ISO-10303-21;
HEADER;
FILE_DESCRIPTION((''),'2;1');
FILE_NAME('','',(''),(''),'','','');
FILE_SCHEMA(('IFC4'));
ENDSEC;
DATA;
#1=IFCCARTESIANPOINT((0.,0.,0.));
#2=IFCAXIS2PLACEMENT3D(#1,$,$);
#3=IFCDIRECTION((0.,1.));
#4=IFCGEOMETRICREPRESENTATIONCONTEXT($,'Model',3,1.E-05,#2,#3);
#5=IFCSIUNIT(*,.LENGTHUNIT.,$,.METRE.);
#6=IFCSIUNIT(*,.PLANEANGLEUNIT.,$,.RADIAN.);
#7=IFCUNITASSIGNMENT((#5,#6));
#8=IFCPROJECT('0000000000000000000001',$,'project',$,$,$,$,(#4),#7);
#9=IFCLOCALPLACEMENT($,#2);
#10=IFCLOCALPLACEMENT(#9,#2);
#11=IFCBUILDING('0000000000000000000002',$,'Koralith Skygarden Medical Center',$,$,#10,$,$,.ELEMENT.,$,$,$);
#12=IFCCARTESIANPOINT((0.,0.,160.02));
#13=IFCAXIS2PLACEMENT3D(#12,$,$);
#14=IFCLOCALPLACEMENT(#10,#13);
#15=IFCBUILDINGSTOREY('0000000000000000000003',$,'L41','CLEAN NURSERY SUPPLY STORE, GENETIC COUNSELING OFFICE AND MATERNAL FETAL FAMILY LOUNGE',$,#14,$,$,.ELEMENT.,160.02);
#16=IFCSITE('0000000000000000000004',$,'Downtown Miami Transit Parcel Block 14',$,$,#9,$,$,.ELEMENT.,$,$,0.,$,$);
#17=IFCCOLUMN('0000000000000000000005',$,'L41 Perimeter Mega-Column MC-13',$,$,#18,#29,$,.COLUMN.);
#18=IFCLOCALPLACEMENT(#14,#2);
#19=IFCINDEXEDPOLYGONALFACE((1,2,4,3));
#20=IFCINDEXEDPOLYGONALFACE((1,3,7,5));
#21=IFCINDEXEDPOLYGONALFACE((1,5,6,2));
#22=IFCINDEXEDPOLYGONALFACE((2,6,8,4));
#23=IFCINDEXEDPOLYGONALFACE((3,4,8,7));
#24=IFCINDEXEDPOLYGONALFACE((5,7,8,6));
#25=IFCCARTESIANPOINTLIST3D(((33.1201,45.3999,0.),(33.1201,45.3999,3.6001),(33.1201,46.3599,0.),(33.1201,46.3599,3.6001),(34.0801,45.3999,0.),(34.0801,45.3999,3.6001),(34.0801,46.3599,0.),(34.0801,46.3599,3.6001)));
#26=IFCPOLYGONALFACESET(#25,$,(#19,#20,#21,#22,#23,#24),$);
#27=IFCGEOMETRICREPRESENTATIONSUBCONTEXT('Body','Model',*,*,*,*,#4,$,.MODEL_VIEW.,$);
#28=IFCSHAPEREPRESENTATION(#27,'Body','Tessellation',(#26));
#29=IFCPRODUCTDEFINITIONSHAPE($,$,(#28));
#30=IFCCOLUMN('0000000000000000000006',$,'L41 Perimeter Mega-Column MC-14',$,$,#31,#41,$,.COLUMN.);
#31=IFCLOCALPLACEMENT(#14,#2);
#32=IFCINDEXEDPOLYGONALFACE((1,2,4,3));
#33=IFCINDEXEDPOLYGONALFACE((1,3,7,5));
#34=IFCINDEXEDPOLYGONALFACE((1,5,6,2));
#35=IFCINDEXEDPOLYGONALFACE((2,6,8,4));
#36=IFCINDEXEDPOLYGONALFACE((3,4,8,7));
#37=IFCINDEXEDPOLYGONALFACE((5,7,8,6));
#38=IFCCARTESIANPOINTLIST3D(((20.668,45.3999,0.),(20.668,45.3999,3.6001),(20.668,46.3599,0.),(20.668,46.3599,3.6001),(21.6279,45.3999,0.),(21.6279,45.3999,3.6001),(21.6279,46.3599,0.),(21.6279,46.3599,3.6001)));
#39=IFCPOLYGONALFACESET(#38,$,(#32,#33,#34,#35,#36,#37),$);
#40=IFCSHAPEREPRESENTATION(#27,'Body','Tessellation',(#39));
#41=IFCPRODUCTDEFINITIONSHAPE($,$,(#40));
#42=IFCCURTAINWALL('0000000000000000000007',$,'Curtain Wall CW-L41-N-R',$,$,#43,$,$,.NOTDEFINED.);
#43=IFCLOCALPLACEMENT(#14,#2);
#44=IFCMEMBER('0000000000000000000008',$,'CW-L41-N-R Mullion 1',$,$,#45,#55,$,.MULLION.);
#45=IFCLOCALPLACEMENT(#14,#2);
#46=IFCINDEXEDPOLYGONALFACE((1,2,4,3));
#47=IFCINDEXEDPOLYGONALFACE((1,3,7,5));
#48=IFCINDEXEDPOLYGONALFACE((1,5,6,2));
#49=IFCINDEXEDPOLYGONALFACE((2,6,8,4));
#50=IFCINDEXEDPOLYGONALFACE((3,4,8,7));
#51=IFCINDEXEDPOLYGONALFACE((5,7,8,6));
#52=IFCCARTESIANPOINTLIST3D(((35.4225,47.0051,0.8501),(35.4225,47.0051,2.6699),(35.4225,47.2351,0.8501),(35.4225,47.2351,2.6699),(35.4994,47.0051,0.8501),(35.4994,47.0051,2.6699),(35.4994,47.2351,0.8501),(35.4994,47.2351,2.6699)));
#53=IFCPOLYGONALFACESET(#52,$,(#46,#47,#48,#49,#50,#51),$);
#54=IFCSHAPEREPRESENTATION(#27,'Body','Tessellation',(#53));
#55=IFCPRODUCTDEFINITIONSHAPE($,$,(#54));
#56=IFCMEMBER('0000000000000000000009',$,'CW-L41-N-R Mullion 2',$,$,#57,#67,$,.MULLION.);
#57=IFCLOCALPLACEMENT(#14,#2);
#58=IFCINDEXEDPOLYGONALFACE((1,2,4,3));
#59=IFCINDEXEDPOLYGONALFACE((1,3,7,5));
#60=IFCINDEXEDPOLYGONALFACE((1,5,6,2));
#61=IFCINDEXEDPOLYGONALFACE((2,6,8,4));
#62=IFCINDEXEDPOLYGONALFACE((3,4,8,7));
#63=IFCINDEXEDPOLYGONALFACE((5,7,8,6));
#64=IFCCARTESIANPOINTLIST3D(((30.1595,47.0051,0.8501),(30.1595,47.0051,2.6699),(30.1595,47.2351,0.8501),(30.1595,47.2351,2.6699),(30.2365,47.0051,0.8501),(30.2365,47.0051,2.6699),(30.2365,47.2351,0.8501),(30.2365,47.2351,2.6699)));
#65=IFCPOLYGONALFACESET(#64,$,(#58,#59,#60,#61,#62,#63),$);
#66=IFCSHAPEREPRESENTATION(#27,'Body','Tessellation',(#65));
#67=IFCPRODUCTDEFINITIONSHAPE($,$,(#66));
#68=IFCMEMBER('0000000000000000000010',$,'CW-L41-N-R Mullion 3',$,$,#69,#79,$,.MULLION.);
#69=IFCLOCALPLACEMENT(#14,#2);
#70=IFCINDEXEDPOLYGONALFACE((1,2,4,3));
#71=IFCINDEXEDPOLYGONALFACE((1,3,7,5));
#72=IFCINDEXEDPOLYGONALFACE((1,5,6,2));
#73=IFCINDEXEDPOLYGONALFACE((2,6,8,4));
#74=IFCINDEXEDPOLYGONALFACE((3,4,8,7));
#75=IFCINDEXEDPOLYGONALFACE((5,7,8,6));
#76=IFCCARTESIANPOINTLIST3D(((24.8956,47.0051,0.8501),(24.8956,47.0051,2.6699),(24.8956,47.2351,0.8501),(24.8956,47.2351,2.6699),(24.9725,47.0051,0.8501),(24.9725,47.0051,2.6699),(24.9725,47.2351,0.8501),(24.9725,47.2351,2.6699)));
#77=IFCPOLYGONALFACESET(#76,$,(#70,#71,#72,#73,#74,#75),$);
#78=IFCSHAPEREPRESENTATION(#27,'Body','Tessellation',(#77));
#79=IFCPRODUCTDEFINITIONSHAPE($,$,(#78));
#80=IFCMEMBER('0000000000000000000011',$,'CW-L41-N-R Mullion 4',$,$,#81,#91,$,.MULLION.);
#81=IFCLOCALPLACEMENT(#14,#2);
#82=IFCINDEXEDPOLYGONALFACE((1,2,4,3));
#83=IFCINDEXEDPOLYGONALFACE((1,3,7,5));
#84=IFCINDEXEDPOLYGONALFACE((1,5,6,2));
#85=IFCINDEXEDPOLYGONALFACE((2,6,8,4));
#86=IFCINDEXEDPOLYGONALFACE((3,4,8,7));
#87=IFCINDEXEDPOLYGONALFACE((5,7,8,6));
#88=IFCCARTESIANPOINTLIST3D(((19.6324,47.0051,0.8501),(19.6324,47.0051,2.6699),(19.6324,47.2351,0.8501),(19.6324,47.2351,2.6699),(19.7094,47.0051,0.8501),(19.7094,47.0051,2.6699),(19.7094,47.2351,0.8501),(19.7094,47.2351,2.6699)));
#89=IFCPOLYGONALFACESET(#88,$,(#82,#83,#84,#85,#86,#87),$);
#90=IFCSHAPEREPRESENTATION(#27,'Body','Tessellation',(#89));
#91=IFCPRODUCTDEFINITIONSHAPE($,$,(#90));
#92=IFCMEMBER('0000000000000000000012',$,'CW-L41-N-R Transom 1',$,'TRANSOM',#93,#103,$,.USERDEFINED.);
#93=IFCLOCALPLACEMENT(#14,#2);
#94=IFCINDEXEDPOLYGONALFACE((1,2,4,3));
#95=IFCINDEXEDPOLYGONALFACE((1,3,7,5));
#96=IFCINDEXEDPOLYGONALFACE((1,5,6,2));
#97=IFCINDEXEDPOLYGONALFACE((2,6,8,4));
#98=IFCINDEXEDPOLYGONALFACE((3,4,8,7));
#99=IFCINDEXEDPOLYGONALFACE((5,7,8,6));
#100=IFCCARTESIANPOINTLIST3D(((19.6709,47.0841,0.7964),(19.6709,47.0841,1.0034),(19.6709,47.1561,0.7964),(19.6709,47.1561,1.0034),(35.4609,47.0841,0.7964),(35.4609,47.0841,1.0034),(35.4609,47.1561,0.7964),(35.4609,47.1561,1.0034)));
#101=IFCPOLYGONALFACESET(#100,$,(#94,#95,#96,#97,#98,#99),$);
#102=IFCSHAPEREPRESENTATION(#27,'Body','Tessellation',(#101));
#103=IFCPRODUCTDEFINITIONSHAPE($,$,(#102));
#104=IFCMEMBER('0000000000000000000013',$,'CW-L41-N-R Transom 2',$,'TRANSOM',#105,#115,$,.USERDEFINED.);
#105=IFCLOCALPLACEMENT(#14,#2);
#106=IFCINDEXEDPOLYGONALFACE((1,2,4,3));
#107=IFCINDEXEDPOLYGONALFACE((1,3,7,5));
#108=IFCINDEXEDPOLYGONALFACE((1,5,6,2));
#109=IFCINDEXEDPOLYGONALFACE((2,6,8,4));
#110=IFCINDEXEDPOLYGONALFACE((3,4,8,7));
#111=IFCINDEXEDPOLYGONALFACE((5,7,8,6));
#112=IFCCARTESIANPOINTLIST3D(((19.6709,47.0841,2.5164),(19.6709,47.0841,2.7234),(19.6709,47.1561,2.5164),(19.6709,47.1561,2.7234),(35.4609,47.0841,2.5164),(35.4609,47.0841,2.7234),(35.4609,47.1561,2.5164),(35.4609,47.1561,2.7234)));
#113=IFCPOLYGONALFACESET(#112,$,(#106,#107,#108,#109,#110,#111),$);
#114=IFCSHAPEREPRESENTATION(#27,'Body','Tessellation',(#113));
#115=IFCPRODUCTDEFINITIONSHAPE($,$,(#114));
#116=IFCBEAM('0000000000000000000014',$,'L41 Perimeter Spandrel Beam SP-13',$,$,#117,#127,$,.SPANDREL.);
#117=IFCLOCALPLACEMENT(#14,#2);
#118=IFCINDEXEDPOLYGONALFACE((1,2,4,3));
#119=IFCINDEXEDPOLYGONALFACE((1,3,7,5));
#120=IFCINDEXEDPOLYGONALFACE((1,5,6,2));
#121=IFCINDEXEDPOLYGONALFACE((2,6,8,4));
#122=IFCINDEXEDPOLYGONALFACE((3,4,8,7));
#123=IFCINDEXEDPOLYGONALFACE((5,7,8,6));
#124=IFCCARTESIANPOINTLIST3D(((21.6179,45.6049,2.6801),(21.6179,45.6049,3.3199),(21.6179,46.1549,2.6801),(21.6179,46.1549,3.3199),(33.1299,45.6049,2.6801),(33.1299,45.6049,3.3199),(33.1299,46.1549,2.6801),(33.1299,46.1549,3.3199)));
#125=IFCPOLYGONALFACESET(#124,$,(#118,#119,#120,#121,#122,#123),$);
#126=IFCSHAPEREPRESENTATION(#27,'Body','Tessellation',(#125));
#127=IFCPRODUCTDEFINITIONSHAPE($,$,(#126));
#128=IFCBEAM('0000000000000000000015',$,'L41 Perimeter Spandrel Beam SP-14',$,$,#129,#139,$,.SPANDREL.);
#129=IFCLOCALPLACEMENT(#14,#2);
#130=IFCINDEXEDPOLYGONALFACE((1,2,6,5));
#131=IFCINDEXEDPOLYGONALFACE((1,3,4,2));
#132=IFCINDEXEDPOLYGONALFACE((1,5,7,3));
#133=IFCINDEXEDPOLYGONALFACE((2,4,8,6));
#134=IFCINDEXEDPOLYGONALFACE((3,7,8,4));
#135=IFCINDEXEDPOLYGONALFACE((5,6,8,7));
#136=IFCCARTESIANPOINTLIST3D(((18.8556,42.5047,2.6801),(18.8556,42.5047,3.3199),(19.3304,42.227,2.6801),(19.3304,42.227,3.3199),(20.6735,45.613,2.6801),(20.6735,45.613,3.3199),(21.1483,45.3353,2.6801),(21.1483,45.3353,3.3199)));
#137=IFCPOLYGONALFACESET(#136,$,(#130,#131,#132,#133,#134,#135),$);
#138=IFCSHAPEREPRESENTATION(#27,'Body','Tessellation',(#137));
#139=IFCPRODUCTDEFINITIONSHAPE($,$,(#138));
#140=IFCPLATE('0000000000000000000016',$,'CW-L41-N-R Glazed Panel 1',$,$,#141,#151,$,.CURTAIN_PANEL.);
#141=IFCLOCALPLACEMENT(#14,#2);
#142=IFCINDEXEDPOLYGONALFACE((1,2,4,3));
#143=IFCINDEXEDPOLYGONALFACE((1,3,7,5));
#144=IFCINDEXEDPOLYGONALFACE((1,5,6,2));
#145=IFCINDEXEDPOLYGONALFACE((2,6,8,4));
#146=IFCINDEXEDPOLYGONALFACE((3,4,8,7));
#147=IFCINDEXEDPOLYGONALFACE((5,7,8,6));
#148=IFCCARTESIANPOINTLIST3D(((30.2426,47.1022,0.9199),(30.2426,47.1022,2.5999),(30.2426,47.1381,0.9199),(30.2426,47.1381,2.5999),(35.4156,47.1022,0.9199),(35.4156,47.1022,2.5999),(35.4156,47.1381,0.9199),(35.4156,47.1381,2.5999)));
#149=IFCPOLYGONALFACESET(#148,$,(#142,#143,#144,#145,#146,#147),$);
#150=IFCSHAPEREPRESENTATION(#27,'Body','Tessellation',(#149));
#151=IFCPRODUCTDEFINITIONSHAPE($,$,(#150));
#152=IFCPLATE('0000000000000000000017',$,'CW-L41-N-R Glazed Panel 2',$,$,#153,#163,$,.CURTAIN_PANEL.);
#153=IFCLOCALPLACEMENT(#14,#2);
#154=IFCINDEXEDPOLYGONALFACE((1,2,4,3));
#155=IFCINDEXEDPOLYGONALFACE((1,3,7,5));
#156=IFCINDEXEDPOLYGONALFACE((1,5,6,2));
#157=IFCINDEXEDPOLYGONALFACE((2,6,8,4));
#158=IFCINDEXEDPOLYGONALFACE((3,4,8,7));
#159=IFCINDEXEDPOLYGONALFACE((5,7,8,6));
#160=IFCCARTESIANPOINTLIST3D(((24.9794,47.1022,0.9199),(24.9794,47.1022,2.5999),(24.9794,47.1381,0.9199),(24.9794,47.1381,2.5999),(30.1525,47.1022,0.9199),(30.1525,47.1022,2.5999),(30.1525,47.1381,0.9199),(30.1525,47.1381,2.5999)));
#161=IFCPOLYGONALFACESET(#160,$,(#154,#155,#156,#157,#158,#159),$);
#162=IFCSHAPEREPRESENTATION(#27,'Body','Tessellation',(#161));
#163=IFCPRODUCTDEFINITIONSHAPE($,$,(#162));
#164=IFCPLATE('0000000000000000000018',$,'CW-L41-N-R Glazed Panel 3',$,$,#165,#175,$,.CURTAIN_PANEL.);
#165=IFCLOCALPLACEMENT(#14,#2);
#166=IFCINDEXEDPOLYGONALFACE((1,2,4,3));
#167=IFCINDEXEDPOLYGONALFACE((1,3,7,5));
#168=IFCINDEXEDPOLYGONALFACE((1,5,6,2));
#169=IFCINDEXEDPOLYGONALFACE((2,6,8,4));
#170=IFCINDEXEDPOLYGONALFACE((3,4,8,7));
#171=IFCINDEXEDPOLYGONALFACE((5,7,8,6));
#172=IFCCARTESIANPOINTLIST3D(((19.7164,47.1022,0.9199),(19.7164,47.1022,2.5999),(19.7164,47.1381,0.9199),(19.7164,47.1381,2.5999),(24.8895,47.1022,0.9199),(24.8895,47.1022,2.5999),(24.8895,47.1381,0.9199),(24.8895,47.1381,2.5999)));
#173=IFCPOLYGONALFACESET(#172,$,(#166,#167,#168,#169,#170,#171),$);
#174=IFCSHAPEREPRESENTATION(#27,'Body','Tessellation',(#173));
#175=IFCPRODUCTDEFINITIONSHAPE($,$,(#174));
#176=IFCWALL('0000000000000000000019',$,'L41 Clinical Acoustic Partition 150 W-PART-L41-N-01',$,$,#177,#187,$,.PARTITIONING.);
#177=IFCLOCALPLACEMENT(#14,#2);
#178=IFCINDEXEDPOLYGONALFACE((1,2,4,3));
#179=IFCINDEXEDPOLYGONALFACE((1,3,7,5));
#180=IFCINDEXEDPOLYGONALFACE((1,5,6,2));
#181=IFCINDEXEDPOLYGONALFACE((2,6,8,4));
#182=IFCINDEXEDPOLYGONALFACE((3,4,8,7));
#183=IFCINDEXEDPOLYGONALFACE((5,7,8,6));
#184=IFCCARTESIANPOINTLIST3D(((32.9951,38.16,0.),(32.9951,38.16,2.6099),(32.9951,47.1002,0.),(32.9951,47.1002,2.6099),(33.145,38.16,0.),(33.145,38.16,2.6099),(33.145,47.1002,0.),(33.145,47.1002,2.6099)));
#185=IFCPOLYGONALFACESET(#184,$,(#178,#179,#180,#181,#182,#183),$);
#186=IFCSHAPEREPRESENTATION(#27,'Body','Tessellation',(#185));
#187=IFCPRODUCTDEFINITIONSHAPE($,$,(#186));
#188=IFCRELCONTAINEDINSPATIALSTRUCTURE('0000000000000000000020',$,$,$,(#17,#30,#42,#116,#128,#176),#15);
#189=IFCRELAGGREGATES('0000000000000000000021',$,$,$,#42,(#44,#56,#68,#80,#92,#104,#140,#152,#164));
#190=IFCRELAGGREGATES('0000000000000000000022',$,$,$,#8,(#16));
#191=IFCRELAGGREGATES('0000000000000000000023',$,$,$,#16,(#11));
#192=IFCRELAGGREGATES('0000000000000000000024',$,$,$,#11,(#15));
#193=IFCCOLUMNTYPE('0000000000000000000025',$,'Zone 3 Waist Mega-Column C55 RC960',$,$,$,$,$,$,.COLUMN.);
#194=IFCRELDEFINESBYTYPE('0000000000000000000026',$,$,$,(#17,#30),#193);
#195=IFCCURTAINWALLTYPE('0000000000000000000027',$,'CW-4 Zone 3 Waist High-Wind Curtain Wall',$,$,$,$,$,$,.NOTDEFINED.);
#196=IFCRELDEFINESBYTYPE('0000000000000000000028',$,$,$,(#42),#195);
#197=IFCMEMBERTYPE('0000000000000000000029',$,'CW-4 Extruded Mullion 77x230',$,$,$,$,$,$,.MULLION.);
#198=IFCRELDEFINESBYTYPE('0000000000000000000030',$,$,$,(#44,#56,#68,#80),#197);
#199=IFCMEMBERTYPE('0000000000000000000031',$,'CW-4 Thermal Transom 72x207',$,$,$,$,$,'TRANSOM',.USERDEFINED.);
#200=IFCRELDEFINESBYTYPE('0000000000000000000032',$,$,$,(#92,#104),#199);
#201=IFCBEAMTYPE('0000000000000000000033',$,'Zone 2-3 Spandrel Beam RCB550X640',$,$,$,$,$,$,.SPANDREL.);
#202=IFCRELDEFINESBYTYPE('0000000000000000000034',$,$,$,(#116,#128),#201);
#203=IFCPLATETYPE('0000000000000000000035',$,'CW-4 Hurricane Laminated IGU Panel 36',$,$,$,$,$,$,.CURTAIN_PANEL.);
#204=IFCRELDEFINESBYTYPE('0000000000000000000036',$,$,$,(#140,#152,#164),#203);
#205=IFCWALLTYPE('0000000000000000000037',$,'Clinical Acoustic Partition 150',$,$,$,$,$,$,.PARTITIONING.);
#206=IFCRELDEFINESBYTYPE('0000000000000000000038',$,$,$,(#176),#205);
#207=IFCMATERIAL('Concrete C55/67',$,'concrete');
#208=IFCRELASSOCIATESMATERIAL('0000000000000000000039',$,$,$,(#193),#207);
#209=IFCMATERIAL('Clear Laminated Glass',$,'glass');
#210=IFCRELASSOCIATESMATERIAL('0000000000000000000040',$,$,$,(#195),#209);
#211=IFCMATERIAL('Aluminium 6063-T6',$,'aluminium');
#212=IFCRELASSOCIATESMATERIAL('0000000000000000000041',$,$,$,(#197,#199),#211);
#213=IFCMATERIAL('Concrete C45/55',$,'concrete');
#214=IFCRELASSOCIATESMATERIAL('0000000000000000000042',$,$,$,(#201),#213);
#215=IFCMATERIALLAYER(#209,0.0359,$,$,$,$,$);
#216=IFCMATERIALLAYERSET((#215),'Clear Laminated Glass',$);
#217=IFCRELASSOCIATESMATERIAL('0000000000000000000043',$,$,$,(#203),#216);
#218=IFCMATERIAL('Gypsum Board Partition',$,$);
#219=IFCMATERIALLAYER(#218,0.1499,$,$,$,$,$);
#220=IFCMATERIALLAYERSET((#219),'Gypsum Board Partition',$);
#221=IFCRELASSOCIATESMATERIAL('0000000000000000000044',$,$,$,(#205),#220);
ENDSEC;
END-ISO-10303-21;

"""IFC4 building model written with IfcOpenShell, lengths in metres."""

from ifc_helpers import new_model, si_unit, direction, frame, frame_2d, origin, origin_2d, place, context, subcontext, project, spatial, rectangle, extrude, material, layer, layer_set, material_profile, profile_set, type_object, element, aggregate, save


model = new_model("IFC4")

# Units and contexts
model_context = context("Model", 3, precision=1e-05, world=origin(), true_north=direction((0.0, 1.0)))
body_context = subcontext(model_context, "Body", "Model", "MODEL_VIEW")
ifc_project = project(units=[si_unit("LENGTHUNIT", "METRE"), si_unit("PLANEANGLEUNIT", "RADIAN")], contexts=[model_context])

# Site, building, storey
site_placement = place(None, origin())
site = spatial("IfcSite", under=ifc_project, at=site_placement, Name="Downtown Miami Transit Parcel Block 14", CompositionType="ELEMENT", RefElevation=0.0)
building_placement = place(site_placement, origin())
building = spatial("IfcBuilding", under=site, at=building_placement, Name="Koralith Skygarden Medical Center", CompositionType="ELEMENT")
storey_placement = place(building_placement, frame((0.0, 0.0, 160.02)))
storey = spatial("IfcBuildingStorey", under=building, at=storey_placement, Name="L41", Description="CLEAN NURSERY SUPPLY STORE, GENETIC COUNSELING OFFICE AND MATERNAL FETAL FAMILY LOUNGE", CompositionType="ELEMENT", Elevation=160.02)

# Columns
ifc_material_1 = material(Name="Concrete C55/67", Category="concrete")
ifc_material_profile_1 = material_profile(ifc_material_1, rectangle(XDim=0.96, YDim=0.96, at=origin_2d()), Name="RC960X960")
ifc_profile_set_1 = profile_set([ifc_material_profile_1], Name="Concrete C55/67")
column_type = type_object("IfcColumnType", Name="Zone 3 Waist Mega-Column C55 RC960", PredefinedType="COLUMN", material=ifc_profile_set_1)
for number, where, z_axis, x_axis, name in (
    (1, (33.6001, 45.8799, 0.0), (0.0, 0.0, 1.0), (1.0, 0.0, 0.0), "L41 Perimeter Mega-Column MC-13"),
    (2, (21.1479, 45.8799, 0.0), (0.0, 0.0, 1.0), (1.0, 0.0, 0.0), "L41 Perimeter Mega-Column MC-14"),
):
    element("IfcColumn", number, at=place(storey_placement, frame(where, z_axis=z_axis, x_axis=x_axis)), inside=storey, type_object=column_type, Name=name, PredefinedType="COLUMN", context=body_context, shape_type="SweptSolid", body=[
        extrude(rectangle(XDim=0.96, YDim=0.96, at=origin_2d()), origin(), (0.0, 0.0, 1.0), 3.6001),
    ])

# Curtain wall, members
ifc_material_2 = material(Name="Clear Laminated Glass", Category="glass")
curtain_wall_type = type_object("IfcCurtainWallType", Name="CW-4 Zone 3 Waist High-Wind Curtain Wall", PredefinedType="NOTDEFINED", material=ifc_material_2)
curtain_wall_placement = place(storey_placement, origin())
curtain_wall = element("IfcCurtainWall", 3, at=curtain_wall_placement, inside=storey, type_object=curtain_wall_type, Name="Curtain Wall CW-L41-N-R", PredefinedType="NOTDEFINED")
ifc_material_3 = material(Name="Aluminium 6063-T6", Category="aluminium")
ifc_material_profile_2 = material_profile(ifc_material_3, rectangle(XDim=0.0769, YDim=0.23, at=origin_2d()), Name="MUL77X230")
ifc_profile_set_2 = profile_set([ifc_material_profile_2], Name="Aluminium 6063-T6")
member_type_1 = type_object("IfcMemberType", Name="CW-4 Extruded Mullion 77x230", PredefinedType="MULLION", material=ifc_profile_set_2)
member_1_placement = place(storey_placement, frame((35.4609, 47.1201, 0.8501), z_axis=(0.0, 0.0, 1.0), x_axis=(1.0, 0.0, 0.0)))
member_1 = element("IfcMember", 4, at=member_1_placement, type_object=member_type_1, Name="CW-L41-N-R Mullion 1", PredefinedType="MULLION", context=body_context, shape_type="SweptSolid", body=[
    extrude(rectangle(XDim=0.0769, YDim=0.23, at=origin_2d()), origin(), (0.0, 0.0, 1.0), 1.8198),
])
member_2_placement = place(storey_placement, frame((30.198, 47.1201, 0.8501), z_axis=(0.0, 0.0, 1.0), x_axis=(1.0, 0.0, 0.0)))
member_2 = element("IfcMember", 5, at=member_2_placement, type_object=member_type_1, Name="CW-L41-N-R Mullion 2", PredefinedType="MULLION", context=body_context, shape_type="SweptSolid", body=[
    extrude(rectangle(XDim=0.0769, YDim=0.23, at=origin_2d()), origin(), (0.0, 0.0, 1.0), 1.8198),
])
member_3_placement = place(storey_placement, frame((24.9341, 47.1201, 0.8501), z_axis=(0.0, 0.0, 1.0), x_axis=(1.0, 0.0, 0.0)))
member_3 = element("IfcMember", 6, at=member_3_placement, type_object=member_type_1, Name="CW-L41-N-R Mullion 3", PredefinedType="MULLION", context=body_context, shape_type="SweptSolid", body=[
    extrude(rectangle(XDim=0.0769, YDim=0.23, at=origin_2d()), origin(), (0.0, 0.0, 1.0), 1.8198),
])
member_4_placement = place(storey_placement, frame((19.6709, 47.1201, 0.8501), z_axis=(0.0, 0.0, 1.0), x_axis=(1.0, 0.0, 0.0)))
member_4 = element("IfcMember", 7, at=member_4_placement, type_object=member_type_1, Name="CW-L41-N-R Mullion 4", PredefinedType="MULLION", context=body_context, shape_type="SweptSolid", body=[
    extrude(rectangle(XDim=0.0769, YDim=0.23, at=origin_2d()), origin(), (0.0, 0.0, 1.0), 1.8198),
])
ifc_material_profile_3 = material_profile(ifc_material_3, rectangle(XDim=0.072, YDim=0.207, at=origin_2d()), Name="TRN72X207")
ifc_profile_set_3 = profile_set([ifc_material_profile_3], Name="Aluminium 6063-T6")
member_type_2 = type_object("IfcMemberType", Name="CW-4 Thermal Transom 72x207", ElementType="TRANSOM", PredefinedType="USERDEFINED", material=ifc_profile_set_3)
member_5_placement = place(storey_placement, frame((35.4609, 47.1201, 0.8999), z_axis=(-1.0, 0.0, 0.0), x_axis=(0.0, -1.0, 0.0)))
member_5 = element("IfcMember", 8, at=member_5_placement, type_object=member_type_2, Name="CW-L41-N-R Transom 1", ObjectType="TRANSOM", PredefinedType="USERDEFINED", context=body_context, shape_type="SweptSolid", body=[
    extrude(rectangle(XDim=0.072, YDim=0.207, at=origin_2d()), origin(), (0.0, 0.0, 1.0), 15.79),
])
member_6_placement = place(storey_placement, frame((35.4609, 47.1201, 2.6199), z_axis=(-1.0, 0.0, 0.0), x_axis=(0.0, -1.0, 0.0)))
member_6 = element("IfcMember", 9, at=member_6_placement, type_object=member_type_2, Name="CW-L41-N-R Transom 2", ObjectType="TRANSOM", PredefinedType="USERDEFINED", context=body_context, shape_type="SweptSolid", body=[
    extrude(rectangle(XDim=0.072, YDim=0.207, at=origin_2d()), origin(), (0.0, 0.0, 1.0), 15.79),
])

# Beams
ifc_material_4 = material(Name="Concrete C45/55", Category="concrete")
ifc_material_profile_4 = material_profile(ifc_material_4, rectangle(XDim=0.55, YDim=0.6399, at=origin_2d()), Name="RCB550X640")
ifc_profile_set_4 = profile_set([ifc_material_profile_4], Name="Concrete C45/55")
beam_type = type_object("IfcBeamType", Name="Zone 2-3 Spandrel Beam RCB550X640", PredefinedType="SPANDREL", material=ifc_profile_set_4)
beam_1_placement = place(storey_placement, frame((33.1299, 45.8799, 3.0), z_axis=(-1.0, 0.0, 0.0), x_axis=(0.0, -1.0, 0.0)))
element("IfcBeam", 10, at=beam_1_placement, inside=storey, type_object=beam_type, Name="L41 Perimeter Spandrel Beam SP-13", PredefinedType="SPANDREL", context=body_context, shape_type="SweptSolid", body=[
    extrude(rectangle(XDim=0.55, YDim=0.6399, at=origin_2d()), origin(), (0.0, 0.0, 1.0), 11.512),
])
beam_2_placement = place(storey_placement, frame((20.9109, 45.4741, 3.0), z_axis=(-0.504861, -0.8632, 0.0), x_axis=(0.8632, -0.504861, 0.0)))
element("IfcBeam", 11, at=beam_2_placement, inside=storey, type_object=beam_type, Name="L41 Perimeter Spandrel Beam SP-14", PredefinedType="SPANDREL", context=body_context, shape_type="SweptSolid", body=[
    extrude(rectangle(XDim=0.55, YDim=0.6399, at=origin_2d()), origin(), (0.0, 0.0, 1.0), 3.6008),
])

# Plates
ifc_layer_1 = layer(ifc_material_2, 0.0359)
ifc_layer_set_1 = layer_set([ifc_layer_1], Name="Clear Laminated Glass")
plate_type = type_object("IfcPlateType", Name="CW-4 Hurricane Laminated IGU Panel 36", PredefinedType="CURTAIN_PANEL", material=ifc_layer_set_1)
plate_1_placement = place(storey_placement, frame((32.8291, 47.1201, 0.9199), z_axis=(0.0, 0.0, 1.0), x_axis=(-1.0, 0.0, 0.0)))
plate_1 = element("IfcPlate", 12, at=plate_1_placement, type_object=plate_type, Name="CW-L41-N-R Glazed Panel 1", PredefinedType="CURTAIN_PANEL", context=body_context, shape_type="SweptSolid", body=[
    extrude(rectangle(XDim=5.1731, YDim=0.0359, at=origin_2d()), origin(), (0.0, 0.0, 1.0), 1.6799),
])
plate_2_placement = place(storey_placement, frame((27.5659, 47.1201, 0.9199), z_axis=(0.0, 0.0, 1.0), x_axis=(-1.0, 0.0, 0.0)))
plate_2 = element("IfcPlate", 13, at=plate_2_placement, type_object=plate_type, Name="CW-L41-N-R Glazed Panel 2", PredefinedType="CURTAIN_PANEL", context=body_context, shape_type="SweptSolid", body=[
    extrude(rectangle(XDim=5.1731, YDim=0.0359, at=origin_2d()), origin(), (0.0, 0.0, 1.0), 1.6799),
])
plate_3_placement = place(storey_placement, frame((22.303, 47.1201, 0.9199), z_axis=(0.0, 0.0, 1.0), x_axis=(-1.0, 0.0, 0.0)))
plate_3 = element("IfcPlate", 14, at=plate_3_placement, type_object=plate_type, Name="CW-L41-N-R Glazed Panel 3", PredefinedType="CURTAIN_PANEL", context=body_context, shape_type="SweptSolid", body=[
    extrude(rectangle(XDim=5.1731, YDim=0.0359, at=origin_2d()), origin(), (0.0, 0.0, 1.0), 1.6799),
])
aggregate(curtain_wall, [member_1, member_2, member_3, member_4, member_5, member_6, plate_1, plate_2, plate_3])

# Wall
ifc_material_5 = material(Name="Gypsum Board Partition")
ifc_layer_2 = layer(ifc_material_5, 0.1499)
ifc_layer_set_2 = layer_set([ifc_layer_2], Name="Gypsum Board Partition")
wall_type_1 = type_object("IfcWallType", Name="Clinical Acoustic Partition 150", PredefinedType="PARTITIONING", material=ifc_layer_set_2)
wall_1_placement = place(storey_placement, frame((33.0701, 38.1599, 0.0), z_axis=(0.0, 0.0, 1.0), x_axis=(0.0, 1.0, 0.0)))
element("IfcWall", 15, at=wall_1_placement, inside=storey, type_object=wall_type_1, Name="L41 Clinical Acoustic Partition 150 W-PART-L41-N-01", PredefinedType="PARTITIONING", context=body_context, shape_type="SweptSolid", body=[
    extrude(rectangle(XDim=8.9402, YDim=0.1499, at=frame_2d((4.4702, 0.0))), origin(), (0.0, 0.0, 1.0), 2.6099),
])

save(model, "model.ifc")
